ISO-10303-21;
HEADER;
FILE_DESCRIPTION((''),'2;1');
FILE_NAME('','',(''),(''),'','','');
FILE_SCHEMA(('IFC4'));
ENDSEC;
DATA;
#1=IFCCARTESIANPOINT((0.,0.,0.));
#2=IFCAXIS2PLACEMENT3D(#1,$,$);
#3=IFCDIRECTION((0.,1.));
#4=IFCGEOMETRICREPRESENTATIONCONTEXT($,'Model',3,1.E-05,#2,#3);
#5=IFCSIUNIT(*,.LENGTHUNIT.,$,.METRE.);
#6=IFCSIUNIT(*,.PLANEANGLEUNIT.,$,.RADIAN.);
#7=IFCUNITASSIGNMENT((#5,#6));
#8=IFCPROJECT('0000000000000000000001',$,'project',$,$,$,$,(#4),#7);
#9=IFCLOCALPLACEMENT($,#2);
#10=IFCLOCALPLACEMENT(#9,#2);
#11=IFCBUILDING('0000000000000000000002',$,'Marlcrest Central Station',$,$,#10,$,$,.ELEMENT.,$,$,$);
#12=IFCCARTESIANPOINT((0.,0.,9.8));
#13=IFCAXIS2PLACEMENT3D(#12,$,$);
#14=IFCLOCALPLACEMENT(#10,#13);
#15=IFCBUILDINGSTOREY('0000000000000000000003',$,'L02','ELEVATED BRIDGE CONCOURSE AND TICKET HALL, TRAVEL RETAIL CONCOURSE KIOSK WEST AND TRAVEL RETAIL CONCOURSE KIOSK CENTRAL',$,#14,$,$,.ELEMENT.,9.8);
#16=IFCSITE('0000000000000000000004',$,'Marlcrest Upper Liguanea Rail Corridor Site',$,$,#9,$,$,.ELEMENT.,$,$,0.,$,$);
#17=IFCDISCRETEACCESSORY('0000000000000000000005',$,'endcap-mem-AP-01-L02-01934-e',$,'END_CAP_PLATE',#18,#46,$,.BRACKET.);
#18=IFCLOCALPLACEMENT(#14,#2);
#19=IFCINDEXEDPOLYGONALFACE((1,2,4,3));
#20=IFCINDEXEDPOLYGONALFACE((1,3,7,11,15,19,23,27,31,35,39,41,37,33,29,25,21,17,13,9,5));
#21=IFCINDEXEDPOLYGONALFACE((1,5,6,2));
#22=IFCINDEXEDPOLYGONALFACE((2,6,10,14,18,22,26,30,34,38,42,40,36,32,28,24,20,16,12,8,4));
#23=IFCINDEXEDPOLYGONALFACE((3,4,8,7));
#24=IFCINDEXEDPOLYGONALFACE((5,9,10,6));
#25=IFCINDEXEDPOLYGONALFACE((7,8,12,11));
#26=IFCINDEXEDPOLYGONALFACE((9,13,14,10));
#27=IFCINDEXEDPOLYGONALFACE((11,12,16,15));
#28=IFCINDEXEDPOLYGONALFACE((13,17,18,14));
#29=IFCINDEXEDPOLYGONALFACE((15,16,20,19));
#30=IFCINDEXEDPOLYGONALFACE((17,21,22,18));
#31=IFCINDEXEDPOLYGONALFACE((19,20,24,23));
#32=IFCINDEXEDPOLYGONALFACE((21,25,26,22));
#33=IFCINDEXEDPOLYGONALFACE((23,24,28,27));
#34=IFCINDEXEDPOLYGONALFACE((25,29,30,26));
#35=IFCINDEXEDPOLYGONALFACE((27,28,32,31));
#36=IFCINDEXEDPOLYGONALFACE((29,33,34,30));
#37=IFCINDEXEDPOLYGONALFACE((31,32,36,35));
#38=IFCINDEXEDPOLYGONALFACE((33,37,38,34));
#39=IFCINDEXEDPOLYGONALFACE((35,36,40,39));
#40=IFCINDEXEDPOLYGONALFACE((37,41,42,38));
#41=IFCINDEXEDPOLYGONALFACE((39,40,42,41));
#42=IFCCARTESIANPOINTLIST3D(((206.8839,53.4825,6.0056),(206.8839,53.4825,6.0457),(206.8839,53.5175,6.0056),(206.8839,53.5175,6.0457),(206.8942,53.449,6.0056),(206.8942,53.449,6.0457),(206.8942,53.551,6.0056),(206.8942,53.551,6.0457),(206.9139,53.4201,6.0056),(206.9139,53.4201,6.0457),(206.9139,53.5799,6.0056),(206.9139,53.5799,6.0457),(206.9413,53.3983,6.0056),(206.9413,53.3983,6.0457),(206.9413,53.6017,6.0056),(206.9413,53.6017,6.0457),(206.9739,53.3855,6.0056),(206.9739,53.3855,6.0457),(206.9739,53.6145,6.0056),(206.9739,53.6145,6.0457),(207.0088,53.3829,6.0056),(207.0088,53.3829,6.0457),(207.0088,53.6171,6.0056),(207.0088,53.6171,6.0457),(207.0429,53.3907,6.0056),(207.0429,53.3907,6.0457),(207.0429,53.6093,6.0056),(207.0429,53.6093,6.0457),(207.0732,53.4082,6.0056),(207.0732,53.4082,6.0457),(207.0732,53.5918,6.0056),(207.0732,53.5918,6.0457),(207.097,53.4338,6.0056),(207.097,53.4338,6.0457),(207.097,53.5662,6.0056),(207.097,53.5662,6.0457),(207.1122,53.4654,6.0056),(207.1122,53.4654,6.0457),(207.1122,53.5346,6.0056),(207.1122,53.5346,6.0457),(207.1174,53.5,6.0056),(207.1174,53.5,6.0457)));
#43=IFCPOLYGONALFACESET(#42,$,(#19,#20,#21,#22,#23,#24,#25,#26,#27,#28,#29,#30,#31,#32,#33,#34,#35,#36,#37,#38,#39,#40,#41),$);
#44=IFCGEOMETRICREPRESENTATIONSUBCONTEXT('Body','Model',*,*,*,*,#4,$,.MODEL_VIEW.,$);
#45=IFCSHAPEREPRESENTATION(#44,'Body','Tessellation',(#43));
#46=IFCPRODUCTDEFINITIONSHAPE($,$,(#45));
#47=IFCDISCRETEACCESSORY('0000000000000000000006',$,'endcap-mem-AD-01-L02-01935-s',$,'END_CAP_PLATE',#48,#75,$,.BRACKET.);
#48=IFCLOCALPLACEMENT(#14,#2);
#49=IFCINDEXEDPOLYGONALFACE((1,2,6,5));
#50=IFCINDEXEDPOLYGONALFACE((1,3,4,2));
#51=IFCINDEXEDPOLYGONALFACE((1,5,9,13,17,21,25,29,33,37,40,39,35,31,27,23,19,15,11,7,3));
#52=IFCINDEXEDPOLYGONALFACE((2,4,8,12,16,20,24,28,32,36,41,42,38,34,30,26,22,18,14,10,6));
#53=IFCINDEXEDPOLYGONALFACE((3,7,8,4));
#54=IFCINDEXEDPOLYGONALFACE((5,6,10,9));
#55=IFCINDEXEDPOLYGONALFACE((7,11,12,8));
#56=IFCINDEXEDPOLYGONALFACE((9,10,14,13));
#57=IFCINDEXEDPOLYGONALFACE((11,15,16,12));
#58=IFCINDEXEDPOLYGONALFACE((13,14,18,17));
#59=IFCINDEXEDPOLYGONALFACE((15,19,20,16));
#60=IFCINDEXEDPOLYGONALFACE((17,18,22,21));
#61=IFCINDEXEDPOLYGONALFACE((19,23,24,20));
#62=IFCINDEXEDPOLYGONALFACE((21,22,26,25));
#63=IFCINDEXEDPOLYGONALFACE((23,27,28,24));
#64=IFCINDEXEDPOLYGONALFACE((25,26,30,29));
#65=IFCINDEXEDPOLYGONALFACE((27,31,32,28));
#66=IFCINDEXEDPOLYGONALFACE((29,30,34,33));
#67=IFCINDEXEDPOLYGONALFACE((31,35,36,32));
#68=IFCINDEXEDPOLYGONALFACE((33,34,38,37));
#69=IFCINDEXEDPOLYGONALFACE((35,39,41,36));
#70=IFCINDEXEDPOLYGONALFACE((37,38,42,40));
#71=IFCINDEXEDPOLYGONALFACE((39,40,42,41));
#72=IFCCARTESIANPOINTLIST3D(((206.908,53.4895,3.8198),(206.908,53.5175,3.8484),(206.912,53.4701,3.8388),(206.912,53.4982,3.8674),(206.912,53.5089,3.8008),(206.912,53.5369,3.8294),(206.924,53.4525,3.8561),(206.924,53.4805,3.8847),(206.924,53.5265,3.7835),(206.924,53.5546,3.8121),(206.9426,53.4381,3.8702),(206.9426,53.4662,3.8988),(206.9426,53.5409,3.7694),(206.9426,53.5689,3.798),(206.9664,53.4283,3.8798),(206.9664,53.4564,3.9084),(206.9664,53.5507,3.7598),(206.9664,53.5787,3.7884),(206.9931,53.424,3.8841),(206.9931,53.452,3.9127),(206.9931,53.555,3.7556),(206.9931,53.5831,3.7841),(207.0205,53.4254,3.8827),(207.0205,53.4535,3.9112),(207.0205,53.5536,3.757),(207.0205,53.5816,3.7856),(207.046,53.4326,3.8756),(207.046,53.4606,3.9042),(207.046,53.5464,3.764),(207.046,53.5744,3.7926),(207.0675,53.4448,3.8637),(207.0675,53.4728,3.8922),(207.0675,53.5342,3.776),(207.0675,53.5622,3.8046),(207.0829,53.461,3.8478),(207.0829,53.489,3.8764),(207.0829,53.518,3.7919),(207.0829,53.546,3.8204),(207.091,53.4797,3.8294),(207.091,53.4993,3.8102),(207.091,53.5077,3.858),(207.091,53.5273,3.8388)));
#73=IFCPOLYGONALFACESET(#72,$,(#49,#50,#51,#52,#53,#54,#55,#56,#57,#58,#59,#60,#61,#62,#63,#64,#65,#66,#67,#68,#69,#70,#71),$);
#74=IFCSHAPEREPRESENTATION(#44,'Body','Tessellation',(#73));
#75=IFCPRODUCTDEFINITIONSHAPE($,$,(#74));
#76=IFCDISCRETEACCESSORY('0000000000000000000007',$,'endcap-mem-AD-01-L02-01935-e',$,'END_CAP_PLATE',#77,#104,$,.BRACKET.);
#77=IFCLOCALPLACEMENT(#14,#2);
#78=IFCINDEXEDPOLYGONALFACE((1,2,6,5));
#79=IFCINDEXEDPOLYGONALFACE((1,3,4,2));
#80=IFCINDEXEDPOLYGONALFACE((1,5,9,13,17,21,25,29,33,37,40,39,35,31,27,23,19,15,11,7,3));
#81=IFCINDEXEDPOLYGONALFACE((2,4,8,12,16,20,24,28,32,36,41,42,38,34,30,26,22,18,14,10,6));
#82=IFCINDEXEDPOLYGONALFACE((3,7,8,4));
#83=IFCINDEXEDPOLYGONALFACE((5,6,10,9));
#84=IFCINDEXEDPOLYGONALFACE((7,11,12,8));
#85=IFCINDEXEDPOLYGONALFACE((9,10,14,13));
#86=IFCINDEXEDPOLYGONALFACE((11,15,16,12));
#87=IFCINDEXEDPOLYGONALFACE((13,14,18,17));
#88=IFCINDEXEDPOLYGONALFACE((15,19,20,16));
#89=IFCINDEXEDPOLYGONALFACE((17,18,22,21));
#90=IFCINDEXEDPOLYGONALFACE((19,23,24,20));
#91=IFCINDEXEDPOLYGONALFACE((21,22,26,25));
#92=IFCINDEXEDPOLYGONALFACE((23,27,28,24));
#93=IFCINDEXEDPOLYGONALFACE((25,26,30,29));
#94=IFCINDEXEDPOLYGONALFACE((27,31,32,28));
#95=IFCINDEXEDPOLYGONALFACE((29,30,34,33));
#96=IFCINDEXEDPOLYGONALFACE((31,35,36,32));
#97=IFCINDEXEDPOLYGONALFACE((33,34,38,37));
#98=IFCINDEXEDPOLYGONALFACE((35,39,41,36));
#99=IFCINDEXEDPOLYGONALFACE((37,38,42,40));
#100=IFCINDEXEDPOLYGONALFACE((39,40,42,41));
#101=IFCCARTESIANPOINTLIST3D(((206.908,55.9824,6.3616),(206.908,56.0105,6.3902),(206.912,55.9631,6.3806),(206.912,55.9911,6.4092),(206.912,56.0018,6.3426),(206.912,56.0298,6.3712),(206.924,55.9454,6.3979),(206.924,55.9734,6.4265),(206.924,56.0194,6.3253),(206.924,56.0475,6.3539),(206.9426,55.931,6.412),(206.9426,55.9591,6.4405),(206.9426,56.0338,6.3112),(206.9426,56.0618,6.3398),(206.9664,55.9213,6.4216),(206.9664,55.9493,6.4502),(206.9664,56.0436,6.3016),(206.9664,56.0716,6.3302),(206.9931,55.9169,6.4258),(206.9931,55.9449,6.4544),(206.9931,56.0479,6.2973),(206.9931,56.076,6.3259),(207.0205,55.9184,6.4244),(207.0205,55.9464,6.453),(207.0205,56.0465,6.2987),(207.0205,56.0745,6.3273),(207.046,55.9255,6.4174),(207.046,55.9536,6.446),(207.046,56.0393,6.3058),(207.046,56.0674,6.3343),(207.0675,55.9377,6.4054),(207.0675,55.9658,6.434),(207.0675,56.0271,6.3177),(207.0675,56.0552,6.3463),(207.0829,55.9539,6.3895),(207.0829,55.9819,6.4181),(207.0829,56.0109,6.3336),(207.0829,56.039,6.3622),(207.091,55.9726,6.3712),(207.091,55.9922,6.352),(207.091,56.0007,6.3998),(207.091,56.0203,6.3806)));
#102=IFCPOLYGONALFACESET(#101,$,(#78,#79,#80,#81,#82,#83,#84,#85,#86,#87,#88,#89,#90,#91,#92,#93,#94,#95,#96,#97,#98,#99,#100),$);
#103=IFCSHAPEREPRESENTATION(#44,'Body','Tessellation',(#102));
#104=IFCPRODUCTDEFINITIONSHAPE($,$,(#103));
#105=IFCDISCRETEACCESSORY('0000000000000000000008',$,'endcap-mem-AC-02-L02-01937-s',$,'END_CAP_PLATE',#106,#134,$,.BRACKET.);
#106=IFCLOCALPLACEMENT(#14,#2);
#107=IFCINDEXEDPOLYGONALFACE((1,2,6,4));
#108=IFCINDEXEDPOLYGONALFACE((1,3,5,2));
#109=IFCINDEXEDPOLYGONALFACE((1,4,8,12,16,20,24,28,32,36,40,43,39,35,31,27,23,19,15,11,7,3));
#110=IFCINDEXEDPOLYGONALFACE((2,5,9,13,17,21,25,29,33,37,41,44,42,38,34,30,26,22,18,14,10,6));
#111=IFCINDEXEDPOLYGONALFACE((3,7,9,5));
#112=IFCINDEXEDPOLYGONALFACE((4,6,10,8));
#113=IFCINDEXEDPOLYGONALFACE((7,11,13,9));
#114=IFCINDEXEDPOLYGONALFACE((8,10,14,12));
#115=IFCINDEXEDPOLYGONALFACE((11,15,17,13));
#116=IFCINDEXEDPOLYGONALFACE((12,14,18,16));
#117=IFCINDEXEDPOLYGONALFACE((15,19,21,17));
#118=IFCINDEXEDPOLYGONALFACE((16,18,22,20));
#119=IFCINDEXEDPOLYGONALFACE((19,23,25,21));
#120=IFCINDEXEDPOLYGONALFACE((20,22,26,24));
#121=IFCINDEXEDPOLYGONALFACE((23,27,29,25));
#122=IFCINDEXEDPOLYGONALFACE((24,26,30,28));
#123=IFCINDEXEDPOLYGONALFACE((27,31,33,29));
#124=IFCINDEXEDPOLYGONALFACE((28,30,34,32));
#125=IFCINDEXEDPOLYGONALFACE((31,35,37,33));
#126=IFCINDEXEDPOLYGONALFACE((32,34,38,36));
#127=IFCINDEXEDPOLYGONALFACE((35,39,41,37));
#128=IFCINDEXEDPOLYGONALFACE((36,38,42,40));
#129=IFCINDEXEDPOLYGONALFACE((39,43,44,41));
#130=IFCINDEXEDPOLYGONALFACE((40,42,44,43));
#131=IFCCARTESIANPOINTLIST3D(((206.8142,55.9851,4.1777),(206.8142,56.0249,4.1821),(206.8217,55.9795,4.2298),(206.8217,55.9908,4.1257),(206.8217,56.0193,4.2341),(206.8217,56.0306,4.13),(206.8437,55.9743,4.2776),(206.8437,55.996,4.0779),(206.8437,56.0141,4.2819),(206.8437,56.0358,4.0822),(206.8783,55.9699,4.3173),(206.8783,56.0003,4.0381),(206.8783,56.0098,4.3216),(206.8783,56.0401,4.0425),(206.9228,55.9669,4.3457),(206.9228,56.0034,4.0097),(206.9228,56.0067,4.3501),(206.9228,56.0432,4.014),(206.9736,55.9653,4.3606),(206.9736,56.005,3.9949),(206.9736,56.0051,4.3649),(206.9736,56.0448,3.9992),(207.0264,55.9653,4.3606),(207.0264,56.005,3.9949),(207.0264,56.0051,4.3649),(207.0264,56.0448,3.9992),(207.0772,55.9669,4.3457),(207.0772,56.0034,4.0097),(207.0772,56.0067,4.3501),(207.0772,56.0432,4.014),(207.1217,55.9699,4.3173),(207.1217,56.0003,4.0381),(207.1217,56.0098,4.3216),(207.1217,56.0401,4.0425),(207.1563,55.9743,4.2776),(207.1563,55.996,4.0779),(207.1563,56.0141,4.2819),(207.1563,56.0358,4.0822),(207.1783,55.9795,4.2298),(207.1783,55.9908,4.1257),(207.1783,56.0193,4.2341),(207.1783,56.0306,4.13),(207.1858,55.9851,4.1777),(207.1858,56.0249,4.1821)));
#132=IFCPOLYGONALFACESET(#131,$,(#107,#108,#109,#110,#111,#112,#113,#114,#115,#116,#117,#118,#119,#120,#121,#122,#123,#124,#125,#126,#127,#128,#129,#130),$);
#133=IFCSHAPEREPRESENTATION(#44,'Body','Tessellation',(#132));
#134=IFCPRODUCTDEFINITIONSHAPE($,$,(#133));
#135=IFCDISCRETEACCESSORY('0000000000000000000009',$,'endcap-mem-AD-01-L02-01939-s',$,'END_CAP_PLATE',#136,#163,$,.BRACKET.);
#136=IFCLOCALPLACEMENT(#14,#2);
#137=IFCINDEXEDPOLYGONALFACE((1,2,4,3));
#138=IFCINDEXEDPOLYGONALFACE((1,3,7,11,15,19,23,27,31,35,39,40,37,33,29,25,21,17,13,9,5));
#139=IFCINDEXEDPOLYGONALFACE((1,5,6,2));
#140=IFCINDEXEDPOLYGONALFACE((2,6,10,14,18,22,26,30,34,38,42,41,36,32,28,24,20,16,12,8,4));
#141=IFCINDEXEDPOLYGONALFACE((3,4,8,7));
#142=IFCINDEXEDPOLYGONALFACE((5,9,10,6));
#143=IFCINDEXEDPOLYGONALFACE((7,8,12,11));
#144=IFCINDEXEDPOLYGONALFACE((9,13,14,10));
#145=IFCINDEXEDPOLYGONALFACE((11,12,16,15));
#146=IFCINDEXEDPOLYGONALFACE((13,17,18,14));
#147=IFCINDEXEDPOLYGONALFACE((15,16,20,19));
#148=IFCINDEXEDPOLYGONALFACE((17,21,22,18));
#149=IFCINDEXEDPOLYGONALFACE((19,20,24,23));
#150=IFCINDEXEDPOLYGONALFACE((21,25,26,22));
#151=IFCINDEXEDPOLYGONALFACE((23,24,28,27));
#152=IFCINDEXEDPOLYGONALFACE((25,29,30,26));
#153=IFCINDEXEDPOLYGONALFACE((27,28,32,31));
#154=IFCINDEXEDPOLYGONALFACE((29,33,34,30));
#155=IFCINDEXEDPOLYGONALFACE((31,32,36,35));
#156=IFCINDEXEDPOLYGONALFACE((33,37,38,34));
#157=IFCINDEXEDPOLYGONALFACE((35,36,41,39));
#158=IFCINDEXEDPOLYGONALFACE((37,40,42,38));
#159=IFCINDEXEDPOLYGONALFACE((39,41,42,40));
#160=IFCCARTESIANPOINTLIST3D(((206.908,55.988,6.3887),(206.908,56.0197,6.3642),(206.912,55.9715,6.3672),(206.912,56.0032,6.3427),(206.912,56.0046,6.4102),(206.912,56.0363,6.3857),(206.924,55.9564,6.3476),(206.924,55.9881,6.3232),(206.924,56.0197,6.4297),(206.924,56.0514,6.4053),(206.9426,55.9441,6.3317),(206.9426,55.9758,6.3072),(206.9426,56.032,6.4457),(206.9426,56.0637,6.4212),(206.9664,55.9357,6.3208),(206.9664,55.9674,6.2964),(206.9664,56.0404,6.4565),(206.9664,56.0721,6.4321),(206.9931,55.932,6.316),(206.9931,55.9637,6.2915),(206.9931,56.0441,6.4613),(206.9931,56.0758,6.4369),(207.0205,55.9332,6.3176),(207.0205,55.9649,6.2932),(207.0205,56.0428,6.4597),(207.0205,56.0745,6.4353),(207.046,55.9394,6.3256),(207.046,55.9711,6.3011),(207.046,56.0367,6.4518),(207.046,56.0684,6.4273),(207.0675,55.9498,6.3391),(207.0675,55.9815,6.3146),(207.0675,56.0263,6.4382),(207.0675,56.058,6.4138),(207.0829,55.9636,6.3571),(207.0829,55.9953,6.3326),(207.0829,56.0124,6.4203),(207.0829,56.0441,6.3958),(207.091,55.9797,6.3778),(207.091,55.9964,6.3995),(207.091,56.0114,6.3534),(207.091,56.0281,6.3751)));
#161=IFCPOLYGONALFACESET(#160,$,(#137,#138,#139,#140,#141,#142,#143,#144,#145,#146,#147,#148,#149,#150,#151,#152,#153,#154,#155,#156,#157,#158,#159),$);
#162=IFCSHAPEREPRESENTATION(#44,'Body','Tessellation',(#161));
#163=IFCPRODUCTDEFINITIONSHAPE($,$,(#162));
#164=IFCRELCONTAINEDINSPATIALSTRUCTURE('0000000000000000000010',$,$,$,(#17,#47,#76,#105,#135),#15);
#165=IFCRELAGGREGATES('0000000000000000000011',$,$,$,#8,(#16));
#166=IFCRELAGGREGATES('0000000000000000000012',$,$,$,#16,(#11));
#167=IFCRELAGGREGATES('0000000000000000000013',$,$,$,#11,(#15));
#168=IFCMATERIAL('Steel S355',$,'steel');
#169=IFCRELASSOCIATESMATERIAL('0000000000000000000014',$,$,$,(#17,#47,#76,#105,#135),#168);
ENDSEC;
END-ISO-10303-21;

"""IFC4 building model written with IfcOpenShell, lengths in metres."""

from ifc_helpers import new_model, si_unit, direction, frame, origin, origin_2d, place, context, subcontext, project, spatial, circle, extrude, material, element, save


model = new_model("IFC4")

# Units and contexts
model_context = context("Model", 3, precision=1e-05, world=origin(), true_north=direction((0.0, 1.0)))
body_context = subcontext(model_context, "Body", "Model", "MODEL_VIEW")
ifc_project = project(units=[si_unit("LENGTHUNIT", "METRE"), si_unit("PLANEANGLEUNIT", "RADIAN")], contexts=[model_context])

# Site, building, storey
site_placement = place(None, origin())
site = spatial("IfcSite", under=ifc_project, at=site_placement, Name="Marlcrest Upper Liguanea Rail Corridor Site", CompositionType="ELEMENT", RefElevation=0.0)
building_placement = place(site_placement, origin())
building = spatial("IfcBuilding", under=site, at=building_placement, Name="Marlcrest Central Station", CompositionType="ELEMENT")
storey_placement = place(building_placement, frame((0.0, 0.0, 9.8)))
storey = spatial("IfcBuildingStorey", under=building, at=storey_placement, Name="L02", Description="ELEVATED BRIDGE CONCOURSE AND TICKET HALL, TRAVEL RETAIL CONCOURSE KIOSK WEST AND TRAVEL RETAIL CONCOURSE KIOSK CENTRAL", CompositionType="ELEMENT", Elevation=9.8)

# Shared definitions
ifc_material = material(Name="Steel S355", Category="steel")

# Discrete accessories
for number, where, z_axis, x_axis, name in (
    (1, (207.0, 53.5, 6.0056), (0.0, 0.0, 1.0), (1.0, 0.0, 0.0), "endcap-mem-AP-01-L02-01934-e"),
):
    element("IfcDiscreteAccessory", number, at=place(storey_placement, frame(where, z_axis=z_axis, x_axis=x_axis)), inside=storey, material=ifc_material, Name=name, ObjectType="END_CAP_PLATE", PredefinedType="BRACKET", context=body_context, shape_type="SweptSolid", body=[
        extrude(circle(Radius=0.1174, at=origin_2d()), origin(), (0.0, 0.0, 1.0), 0.04),
    ])
for number, where, z_axis, x_axis, name in (
    (2, (207.0, 53.4895, 3.8198), (0.0, 0.700235, 0.713912), (-1.0, 0.0, 0.0), "endcap-mem-AD-01-L02-01935-s"),
    (3, (207.0, 55.9824, 6.3616), (0.0, 0.700235, 0.713912), (-1.0, 0.0, 0.0), "endcap-mem-AD-01-L02-01935-e"),
):
    element("IfcDiscreteAccessory", number, at=place(storey_placement, frame(where, z_axis=z_axis, x_axis=x_axis)), inside=storey, material=ifc_material, Name=name, ObjectType="END_CAP_PLATE", PredefinedType="BRACKET", context=body_context, shape_type="SweptSolid", body=[
        extrude(circle(Radius=0.092, at=origin_2d()), origin(), (0.0, 0.0, 1.0), 0.04),
    ])
discrete_accessory_1_placement = place(storey_placement, frame((207.0, 55.9851, 4.1777), z_axis=(0.0, 0.994155, 0.107959), x_axis=(-1.0, 0.0, 0.0)))
element("IfcDiscreteAccessory", 4, at=discrete_accessory_1_placement, inside=storey, material=ifc_material, Name="endcap-mem-AC-02-L02-01937-s", ObjectType="END_CAP_PLATE", PredefinedType="BRACKET", context=body_context, shape_type="SweptSolid", body=[
    extrude(circle(Radius=0.1858, at=origin_2d()), origin(), (0.0, 0.0, 1.0), 0.04),
])
discrete_accessory_2_placement = place(storey_placement, frame((207.0, 55.988, 6.3887), z_axis=(0.0, 0.791798, -0.610783), x_axis=(-1.0, 0.0, 0.0)))
element("IfcDiscreteAccessory", 5, at=discrete_accessory_2_placement, inside=storey, material=ifc_material, Name="endcap-mem-AD-01-L02-01939-s", ObjectType="END_CAP_PLATE", PredefinedType="BRACKET", context=body_context, shape_type="SweptSolid", body=[
    extrude(circle(Radius=0.092, at=origin_2d()), origin(), (0.0, 0.0, 1.0), 0.04),
])

save(model, "model.ifc")
